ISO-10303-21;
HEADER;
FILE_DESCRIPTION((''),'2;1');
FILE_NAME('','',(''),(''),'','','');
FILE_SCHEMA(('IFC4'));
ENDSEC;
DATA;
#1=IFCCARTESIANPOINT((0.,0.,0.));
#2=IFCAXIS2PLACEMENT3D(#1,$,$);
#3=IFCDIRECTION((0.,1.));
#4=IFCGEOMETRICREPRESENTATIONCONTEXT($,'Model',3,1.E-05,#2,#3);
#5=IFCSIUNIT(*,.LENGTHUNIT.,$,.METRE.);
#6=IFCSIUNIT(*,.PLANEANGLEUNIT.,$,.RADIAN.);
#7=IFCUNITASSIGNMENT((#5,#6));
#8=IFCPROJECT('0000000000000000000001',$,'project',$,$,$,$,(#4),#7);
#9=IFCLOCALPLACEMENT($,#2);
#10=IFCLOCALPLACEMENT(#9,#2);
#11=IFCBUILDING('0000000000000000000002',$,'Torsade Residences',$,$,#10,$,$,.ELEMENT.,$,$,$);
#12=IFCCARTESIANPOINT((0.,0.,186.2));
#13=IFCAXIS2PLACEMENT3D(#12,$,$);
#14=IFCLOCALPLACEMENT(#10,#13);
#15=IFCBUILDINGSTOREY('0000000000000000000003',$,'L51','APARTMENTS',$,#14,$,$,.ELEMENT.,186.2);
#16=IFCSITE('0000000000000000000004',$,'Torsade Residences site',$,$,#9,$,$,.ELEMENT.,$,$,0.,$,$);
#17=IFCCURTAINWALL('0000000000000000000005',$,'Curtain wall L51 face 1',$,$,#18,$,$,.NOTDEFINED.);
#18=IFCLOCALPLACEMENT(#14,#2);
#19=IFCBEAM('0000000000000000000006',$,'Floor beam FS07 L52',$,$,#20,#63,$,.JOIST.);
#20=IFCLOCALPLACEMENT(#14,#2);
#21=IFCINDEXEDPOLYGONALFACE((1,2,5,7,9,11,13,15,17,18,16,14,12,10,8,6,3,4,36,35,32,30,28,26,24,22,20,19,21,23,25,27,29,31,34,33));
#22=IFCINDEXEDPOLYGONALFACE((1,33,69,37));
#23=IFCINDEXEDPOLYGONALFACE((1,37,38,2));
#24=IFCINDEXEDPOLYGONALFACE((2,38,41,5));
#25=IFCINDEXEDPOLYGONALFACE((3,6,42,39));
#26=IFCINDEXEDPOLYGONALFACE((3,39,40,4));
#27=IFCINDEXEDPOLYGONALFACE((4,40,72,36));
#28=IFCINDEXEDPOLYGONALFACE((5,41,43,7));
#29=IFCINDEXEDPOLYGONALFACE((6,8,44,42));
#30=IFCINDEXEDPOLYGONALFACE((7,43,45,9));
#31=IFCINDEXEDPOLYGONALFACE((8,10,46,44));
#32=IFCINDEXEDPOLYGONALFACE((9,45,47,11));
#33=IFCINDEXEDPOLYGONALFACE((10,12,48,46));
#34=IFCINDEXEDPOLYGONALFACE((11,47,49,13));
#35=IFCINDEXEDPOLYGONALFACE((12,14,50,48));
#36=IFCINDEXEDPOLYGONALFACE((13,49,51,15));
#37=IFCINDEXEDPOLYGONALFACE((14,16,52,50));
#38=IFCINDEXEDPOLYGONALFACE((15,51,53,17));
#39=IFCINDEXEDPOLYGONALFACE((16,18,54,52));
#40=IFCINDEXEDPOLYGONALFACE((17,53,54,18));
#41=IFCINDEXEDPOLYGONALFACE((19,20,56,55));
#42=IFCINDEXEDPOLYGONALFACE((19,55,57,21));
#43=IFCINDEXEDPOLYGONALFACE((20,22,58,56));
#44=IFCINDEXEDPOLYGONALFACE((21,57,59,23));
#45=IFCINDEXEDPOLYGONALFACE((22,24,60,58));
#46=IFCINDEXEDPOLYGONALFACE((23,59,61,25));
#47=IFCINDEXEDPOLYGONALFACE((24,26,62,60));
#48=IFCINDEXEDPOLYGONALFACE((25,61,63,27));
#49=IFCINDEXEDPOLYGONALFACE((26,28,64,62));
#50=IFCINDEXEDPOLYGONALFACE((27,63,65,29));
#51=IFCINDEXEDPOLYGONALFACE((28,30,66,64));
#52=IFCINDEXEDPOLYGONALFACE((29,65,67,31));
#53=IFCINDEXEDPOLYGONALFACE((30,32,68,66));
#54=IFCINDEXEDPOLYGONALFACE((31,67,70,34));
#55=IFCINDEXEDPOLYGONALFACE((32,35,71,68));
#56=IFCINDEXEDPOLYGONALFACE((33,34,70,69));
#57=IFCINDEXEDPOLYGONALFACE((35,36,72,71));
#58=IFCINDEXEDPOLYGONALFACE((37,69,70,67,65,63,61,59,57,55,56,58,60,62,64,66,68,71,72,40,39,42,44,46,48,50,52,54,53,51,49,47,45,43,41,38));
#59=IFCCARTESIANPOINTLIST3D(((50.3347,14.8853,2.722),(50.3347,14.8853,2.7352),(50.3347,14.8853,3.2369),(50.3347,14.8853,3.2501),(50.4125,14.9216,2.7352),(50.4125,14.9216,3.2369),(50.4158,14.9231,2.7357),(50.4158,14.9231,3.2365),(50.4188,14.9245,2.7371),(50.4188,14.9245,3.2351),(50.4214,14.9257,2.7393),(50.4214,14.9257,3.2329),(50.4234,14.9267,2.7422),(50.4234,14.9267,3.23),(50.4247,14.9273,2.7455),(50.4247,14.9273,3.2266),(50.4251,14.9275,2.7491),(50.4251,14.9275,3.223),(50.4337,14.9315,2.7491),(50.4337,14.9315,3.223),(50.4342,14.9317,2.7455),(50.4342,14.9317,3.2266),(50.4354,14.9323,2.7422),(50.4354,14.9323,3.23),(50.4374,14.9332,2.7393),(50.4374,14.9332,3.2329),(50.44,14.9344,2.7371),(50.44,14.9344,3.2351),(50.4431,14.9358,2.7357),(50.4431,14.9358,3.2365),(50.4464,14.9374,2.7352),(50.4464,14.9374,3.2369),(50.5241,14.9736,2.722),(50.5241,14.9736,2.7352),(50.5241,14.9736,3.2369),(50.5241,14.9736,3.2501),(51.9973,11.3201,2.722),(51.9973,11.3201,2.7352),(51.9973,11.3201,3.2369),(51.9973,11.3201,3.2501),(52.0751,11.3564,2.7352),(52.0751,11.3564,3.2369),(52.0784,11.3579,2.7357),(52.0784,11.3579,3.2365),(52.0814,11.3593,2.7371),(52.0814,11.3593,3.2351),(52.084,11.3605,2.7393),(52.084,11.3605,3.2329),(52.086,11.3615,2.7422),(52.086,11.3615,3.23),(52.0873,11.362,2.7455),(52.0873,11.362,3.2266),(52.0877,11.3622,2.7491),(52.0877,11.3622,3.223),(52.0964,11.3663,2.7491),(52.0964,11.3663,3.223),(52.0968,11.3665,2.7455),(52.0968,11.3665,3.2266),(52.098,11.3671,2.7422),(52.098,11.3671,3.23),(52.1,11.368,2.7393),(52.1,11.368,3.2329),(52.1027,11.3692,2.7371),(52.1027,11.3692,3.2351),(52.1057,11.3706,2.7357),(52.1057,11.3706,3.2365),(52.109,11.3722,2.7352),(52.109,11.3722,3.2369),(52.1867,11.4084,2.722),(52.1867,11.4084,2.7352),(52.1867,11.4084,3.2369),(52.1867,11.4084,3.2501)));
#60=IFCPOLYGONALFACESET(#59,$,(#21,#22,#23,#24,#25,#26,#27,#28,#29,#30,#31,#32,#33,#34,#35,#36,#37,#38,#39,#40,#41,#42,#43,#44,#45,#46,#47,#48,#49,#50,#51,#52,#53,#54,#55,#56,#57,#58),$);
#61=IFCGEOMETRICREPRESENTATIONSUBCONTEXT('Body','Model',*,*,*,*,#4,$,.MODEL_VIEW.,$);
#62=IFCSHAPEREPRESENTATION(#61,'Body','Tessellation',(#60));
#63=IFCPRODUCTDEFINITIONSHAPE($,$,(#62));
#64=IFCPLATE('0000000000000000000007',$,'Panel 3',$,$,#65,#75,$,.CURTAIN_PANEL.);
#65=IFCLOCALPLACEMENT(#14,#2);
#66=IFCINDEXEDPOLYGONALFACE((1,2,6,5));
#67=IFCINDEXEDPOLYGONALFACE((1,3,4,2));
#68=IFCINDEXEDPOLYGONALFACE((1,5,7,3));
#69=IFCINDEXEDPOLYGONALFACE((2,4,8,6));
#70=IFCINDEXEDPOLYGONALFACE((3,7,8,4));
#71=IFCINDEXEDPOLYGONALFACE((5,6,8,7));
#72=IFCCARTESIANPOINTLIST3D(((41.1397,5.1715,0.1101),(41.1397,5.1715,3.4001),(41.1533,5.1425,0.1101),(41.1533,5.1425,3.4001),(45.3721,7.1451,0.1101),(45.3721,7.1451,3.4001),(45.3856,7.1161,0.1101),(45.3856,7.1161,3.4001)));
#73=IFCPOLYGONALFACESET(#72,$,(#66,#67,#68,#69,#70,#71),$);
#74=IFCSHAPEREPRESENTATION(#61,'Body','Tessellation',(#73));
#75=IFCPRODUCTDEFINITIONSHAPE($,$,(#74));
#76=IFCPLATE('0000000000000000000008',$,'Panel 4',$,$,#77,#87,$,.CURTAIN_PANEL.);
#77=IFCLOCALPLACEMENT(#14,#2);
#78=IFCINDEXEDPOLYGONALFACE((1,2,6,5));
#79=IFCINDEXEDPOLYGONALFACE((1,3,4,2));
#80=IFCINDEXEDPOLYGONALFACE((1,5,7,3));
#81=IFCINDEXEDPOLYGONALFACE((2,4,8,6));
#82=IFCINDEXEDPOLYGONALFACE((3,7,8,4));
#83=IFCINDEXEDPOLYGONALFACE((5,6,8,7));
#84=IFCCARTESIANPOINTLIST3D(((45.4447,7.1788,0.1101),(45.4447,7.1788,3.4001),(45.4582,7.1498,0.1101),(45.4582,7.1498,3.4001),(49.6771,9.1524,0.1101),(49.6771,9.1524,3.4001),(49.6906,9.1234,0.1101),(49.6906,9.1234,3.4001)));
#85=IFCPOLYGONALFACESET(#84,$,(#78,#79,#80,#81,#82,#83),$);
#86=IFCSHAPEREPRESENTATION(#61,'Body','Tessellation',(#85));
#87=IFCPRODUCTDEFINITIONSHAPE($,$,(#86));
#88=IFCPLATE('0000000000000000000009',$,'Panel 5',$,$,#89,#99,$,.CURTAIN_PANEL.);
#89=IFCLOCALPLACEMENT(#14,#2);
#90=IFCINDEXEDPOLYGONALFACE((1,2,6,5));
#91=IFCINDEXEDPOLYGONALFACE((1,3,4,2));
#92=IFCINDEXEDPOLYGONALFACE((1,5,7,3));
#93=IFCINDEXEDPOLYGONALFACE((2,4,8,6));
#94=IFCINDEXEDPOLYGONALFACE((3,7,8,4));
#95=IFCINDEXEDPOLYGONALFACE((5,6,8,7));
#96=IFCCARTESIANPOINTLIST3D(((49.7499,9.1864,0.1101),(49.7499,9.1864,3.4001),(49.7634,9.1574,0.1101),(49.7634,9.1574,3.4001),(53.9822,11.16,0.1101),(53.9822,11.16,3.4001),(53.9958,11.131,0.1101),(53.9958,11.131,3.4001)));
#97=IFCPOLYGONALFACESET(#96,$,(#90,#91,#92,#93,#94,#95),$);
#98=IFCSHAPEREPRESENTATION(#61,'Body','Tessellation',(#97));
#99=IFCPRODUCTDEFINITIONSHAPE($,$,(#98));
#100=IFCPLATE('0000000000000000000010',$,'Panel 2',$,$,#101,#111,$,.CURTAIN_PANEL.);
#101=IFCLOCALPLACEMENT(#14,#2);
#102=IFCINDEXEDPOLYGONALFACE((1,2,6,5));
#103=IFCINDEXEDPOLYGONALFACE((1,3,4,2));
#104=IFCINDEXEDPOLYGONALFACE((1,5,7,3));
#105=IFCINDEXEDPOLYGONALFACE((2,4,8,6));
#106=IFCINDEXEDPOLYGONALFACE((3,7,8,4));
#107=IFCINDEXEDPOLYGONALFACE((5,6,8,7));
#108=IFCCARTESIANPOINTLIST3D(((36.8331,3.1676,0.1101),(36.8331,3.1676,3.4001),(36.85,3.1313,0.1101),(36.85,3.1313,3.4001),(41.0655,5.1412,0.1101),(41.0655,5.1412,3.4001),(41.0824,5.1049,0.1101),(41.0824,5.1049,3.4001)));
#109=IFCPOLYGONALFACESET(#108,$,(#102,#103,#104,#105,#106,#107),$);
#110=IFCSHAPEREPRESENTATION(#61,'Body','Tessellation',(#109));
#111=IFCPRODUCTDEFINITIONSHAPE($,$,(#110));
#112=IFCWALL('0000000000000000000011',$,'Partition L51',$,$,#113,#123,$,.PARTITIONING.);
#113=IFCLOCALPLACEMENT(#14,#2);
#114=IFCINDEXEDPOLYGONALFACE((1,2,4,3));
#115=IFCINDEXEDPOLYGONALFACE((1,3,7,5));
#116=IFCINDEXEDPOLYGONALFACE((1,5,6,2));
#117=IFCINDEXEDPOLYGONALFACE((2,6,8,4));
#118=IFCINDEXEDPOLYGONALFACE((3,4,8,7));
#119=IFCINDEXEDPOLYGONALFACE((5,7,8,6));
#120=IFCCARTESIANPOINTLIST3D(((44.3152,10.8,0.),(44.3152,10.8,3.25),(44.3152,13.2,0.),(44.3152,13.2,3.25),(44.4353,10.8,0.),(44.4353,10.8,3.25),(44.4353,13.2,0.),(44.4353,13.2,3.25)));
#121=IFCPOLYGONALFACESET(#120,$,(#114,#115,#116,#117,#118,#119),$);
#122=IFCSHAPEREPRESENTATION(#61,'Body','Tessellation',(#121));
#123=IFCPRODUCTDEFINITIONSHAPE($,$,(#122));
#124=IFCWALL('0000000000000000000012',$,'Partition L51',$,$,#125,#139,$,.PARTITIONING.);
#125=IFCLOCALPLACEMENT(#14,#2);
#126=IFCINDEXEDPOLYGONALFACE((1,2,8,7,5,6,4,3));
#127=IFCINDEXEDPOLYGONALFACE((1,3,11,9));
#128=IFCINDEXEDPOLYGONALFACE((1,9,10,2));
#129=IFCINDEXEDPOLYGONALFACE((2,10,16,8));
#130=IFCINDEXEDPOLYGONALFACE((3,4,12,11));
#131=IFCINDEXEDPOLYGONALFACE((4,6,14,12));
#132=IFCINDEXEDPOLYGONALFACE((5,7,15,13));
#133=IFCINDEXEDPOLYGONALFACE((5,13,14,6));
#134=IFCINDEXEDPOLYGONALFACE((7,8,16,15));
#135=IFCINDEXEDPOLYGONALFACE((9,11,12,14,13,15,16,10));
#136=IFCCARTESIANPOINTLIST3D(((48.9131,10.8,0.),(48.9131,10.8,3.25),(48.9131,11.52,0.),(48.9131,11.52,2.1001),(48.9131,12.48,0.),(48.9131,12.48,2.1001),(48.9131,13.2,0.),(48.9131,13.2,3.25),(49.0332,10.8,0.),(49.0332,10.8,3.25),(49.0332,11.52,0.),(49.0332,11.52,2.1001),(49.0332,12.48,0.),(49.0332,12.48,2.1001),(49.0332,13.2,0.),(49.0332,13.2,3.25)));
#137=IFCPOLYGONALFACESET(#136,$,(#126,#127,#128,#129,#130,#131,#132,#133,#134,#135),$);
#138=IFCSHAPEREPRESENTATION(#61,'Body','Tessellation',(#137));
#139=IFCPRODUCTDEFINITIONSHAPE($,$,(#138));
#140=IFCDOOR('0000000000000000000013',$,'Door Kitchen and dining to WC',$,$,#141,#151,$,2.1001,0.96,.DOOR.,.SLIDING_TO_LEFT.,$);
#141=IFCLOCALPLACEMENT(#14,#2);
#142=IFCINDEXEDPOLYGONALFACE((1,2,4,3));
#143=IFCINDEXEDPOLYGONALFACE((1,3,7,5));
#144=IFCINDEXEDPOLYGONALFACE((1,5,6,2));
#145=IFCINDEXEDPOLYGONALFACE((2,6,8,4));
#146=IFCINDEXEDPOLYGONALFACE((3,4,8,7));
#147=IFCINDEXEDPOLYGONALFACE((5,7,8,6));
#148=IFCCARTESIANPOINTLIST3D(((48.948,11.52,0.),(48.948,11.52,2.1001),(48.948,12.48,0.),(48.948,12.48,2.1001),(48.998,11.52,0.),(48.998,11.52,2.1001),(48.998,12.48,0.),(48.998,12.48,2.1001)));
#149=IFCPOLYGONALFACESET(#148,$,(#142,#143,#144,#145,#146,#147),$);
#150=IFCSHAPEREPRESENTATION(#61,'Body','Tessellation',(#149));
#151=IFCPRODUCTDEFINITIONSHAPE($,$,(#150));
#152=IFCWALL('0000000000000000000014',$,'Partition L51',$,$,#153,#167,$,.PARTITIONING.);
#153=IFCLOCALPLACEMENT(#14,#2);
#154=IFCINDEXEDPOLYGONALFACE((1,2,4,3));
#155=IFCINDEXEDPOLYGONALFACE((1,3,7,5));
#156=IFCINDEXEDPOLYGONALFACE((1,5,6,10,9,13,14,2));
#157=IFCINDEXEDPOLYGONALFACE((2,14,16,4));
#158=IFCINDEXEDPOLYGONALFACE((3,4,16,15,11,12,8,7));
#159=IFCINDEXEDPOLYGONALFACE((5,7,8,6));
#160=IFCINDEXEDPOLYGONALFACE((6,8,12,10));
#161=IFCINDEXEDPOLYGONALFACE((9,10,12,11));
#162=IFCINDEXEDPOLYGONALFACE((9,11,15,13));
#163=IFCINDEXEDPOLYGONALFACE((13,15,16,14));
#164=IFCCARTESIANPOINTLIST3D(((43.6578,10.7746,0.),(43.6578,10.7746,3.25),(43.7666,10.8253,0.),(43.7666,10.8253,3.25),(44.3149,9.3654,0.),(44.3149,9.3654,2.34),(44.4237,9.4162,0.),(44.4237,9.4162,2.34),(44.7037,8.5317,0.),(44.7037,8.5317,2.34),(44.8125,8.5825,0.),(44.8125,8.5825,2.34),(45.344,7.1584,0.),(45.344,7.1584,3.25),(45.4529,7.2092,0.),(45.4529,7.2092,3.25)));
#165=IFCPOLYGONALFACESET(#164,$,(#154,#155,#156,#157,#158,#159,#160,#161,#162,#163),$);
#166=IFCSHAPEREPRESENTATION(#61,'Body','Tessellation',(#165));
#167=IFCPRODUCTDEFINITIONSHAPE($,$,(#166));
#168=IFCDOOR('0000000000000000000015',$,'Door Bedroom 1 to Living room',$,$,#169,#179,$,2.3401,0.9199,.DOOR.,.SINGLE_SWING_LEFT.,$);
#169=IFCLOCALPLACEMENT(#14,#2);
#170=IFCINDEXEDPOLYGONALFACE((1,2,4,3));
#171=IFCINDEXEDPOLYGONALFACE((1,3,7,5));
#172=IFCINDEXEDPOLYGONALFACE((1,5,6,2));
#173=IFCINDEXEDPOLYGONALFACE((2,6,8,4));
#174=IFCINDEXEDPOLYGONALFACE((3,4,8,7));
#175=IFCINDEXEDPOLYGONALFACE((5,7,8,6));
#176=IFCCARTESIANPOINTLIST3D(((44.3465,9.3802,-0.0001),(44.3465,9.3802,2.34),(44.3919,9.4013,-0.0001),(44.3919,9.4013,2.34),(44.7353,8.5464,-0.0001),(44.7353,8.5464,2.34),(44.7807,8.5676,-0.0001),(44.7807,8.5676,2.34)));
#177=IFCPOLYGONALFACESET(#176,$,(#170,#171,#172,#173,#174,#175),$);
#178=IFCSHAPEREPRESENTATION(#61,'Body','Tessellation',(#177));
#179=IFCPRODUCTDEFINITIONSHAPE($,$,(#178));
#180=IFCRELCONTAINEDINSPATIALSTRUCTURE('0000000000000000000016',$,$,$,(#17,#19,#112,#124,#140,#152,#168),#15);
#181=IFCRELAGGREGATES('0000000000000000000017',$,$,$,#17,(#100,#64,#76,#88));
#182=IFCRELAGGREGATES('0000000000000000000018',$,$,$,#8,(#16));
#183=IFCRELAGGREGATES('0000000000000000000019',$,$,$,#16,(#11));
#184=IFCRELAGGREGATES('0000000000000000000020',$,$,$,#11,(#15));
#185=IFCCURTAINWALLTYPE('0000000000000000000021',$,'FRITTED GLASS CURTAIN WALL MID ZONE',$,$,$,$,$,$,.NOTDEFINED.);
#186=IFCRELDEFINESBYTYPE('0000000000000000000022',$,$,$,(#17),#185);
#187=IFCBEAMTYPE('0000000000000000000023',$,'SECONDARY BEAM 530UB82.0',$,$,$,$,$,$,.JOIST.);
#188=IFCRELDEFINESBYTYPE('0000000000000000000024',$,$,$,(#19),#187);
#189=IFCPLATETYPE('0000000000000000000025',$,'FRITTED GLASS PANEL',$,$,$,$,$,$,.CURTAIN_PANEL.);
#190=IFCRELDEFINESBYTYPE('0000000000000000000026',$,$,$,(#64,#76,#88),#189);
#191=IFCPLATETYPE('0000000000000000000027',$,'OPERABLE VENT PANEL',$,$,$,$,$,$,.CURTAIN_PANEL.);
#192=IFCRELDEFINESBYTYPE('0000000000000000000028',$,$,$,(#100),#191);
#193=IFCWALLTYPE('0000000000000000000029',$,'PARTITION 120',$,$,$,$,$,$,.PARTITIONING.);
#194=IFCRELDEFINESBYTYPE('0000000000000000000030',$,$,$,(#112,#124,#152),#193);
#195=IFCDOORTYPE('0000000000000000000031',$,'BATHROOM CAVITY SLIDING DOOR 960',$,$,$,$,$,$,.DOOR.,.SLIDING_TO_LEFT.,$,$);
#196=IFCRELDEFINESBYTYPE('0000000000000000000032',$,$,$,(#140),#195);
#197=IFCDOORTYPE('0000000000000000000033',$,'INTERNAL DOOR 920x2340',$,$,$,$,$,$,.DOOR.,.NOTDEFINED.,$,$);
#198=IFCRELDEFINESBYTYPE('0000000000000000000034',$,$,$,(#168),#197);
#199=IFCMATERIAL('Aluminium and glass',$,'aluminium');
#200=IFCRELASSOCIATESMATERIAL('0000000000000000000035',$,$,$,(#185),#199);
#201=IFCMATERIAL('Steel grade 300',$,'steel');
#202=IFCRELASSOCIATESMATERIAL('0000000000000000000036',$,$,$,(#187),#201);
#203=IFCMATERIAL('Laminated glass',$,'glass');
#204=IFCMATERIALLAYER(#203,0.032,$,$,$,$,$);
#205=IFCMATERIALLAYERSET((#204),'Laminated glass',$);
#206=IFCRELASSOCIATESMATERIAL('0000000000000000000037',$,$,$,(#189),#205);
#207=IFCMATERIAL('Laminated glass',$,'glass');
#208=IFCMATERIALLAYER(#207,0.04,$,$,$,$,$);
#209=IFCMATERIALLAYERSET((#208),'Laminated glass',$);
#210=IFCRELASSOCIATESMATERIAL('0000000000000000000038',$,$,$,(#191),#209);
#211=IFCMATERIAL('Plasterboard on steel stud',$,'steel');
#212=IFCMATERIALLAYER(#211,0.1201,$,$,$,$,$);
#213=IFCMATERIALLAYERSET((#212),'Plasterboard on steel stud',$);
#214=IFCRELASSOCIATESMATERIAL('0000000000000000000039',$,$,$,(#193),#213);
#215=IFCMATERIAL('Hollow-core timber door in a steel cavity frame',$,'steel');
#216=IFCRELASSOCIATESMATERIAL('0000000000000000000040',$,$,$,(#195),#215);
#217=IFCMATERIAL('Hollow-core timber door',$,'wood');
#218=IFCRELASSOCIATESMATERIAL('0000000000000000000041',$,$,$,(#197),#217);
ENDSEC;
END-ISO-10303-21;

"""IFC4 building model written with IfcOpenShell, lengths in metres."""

from ifc_helpers import new_model, si_unit, direction, frame, frame_2d, origin, origin_2d, place, context, subcontext, project, spatial, rectangle, i_section, extrude, material, layer, layer_set, material_profile, profile_set, type_object, element, fill, aggregate, save


model = new_model("IFC4")

# Units and contexts
model_context = context("Model", 3, precision=1e-05, world=origin(), true_north=direction((0.0, 1.0)))
body_context = subcontext(model_context, "Body", "Model", "MODEL_VIEW")
ifc_project = project(units=[si_unit("LENGTHUNIT", "METRE"), si_unit("PLANEANGLEUNIT", "RADIAN")], contexts=[model_context])

# Site, building, storey
site_placement = place(None, origin())
site = spatial("IfcSite", under=ifc_project, at=site_placement, Name="Torsade Residences site", CompositionType="ELEMENT", RefElevation=0.0)
building_placement = place(site_placement, origin())
building = spatial("IfcBuilding", under=site, at=building_placement, Name="Torsade Residences", CompositionType="ELEMENT")
storey_placement = place(building_placement, frame((0.0, 0.0, 186.2)))
storey = spatial("IfcBuildingStorey", under=building, at=storey_placement, Name="L51", Description="APARTMENTS", CompositionType="ELEMENT", Elevation=186.2)

# Curtain wall
ifc_material_1 = material(Name="Aluminium and glass", Category="aluminium")
curtain_wall_type = type_object("IfcCurtainWallType", Name="FRITTED GLASS CURTAIN WALL MID ZONE", PredefinedType="NOTDEFINED", material=ifc_material_1)
curtain_wall_placement = place(storey_placement, origin())
curtain_wall = element("IfcCurtainWall", 1, at=curtain_wall_placement, inside=storey, type_object=curtain_wall_type, Name="Curtain wall L51 face 1", PredefinedType="NOTDEFINED")

# Beam
ifc_material_2 = material(Name="Steel grade 300", Category="steel")
ifc_material_profile_1 = material_profile(ifc_material_2, i_section(OverallWidth=0.209, OverallDepth=0.5281, WebThickness=0.0095, FlangeThickness=0.0132, FilletRadius=0.0139, at=origin_2d()), Name="530UB82.0")
ifc_profile_set_1 = profile_set([ifc_material_profile_1], Name="Steel grade 300")
beam_type_1 = type_object("IfcBeamType", Name="SECONDARY BEAM 530UB82.0", PredefinedType="JOIST", material=ifc_profile_set_1)
beam_1_placement = place(storey_placement, frame((52.092, 11.3643, 2.9861), z_axis=(-0.422644, 0.906296, 0.0), x_axis=(-0.906296, -0.422644, 0.0)))
element("IfcBeam", 2, at=beam_1_placement, inside=storey, type_object=beam_type_1, Name="Floor beam FS07 L52", PredefinedType="JOIST", context=body_context, shape_type="SweptSolid", body=[
    extrude(i_section(OverallWidth=0.209, OverallDepth=0.5281, WebThickness=0.0095, FlangeThickness=0.0132, FilletRadius=0.0139, at=origin_2d()), origin(), (0.0, 0.0, 1.0), 3.9338),
])

# Plates
ifc_material_3 = material(Name="Laminated glass", Category="glass")
ifc_layer_1 = layer(ifc_material_3, 0.032)
ifc_layer_set_1 = layer_set([ifc_layer_1], Name="Laminated glass")
plate_type_1 = type_object("IfcPlateType", Name="FRITTED GLASS PANEL", PredefinedType="CURTAIN_PANEL", material=ifc_layer_set_1)
plate_1_placement = place(storey_placement, frame((43.2627, 6.1438, 0.1101), z_axis=(0.0, 0.0, 1.0), x_axis=(0.906308, 0.422618, 0.0)))
plate_1 = element("IfcPlate", 3, at=plate_1_placement, type_object=plate_type_1, Name="Panel 3", PredefinedType="CURTAIN_PANEL", context=body_context, shape_type="SweptSolid", body=[
    extrude(rectangle(XDim=4.6699, YDim=0.032, at=origin_2d()), origin(), (0.0, 0.0, 1.0), 3.29),
])
plate_2_placement = place(storey_placement, frame((47.5676, 8.1511, 0.1101), z_axis=(0.0, 0.0, 1.0), x_axis=(0.906308, 0.422618, 0.0)))
plate_2 = element("IfcPlate", 4, at=plate_2_placement, type_object=plate_type_1, Name="Panel 4", PredefinedType="CURTAIN_PANEL", context=body_context, shape_type="SweptSolid", body=[
    extrude(rectangle(XDim=4.6699, YDim=0.032, at=origin_2d()), origin(), (0.0, 0.0, 1.0), 3.29),
])
plate_3_placement = place(storey_placement, frame((51.8728, 10.1587, 0.1101), z_axis=(0.0, 0.0, 1.0), x_axis=(0.906308, 0.422618, 0.0)))
plate_3 = element("IfcPlate", 5, at=plate_3_placement, type_object=plate_type_1, Name="Panel 5", PredefinedType="CURTAIN_PANEL", context=body_context, shape_type="SweptSolid", body=[
    extrude(rectangle(XDim=4.6699, YDim=0.032, at=origin_2d()), origin(), (0.0, 0.0, 1.0), 3.29),
])
ifc_material_4 = material(Name="Laminated glass", Category="glass")
ifc_layer_2 = layer(ifc_material_4, 0.04)
ifc_layer_set_2 = layer_set([ifc_layer_2], Name="Laminated glass")
plate_type_2 = type_object("IfcPlateType", Name="OPERABLE VENT PANEL", PredefinedType="CURTAIN_PANEL", material=ifc_layer_set_2)
plate_4_placement = place(storey_placement, frame((38.9578, 4.1362, 0.1101), z_axis=(0.0, 0.0, 1.0), x_axis=(0.906308, 0.422618, 0.0)))
plate_4 = element("IfcPlate", 6, at=plate_4_placement, type_object=plate_type_2, Name="Panel 2", PredefinedType="CURTAIN_PANEL", context=body_context, shape_type="SweptSolid", body=[
    extrude(rectangle(XDim=4.6699, YDim=0.04, at=origin_2d()), origin(), (0.0, 0.0, 1.0), 3.29),
])
aggregate(curtain_wall, [plate_4, plate_1, plate_2, plate_3])

# Wall
ifc_material_5 = material(Name="Plasterboard on steel stud", Category="steel")
ifc_layer_3 = layer(ifc_material_5, 0.1201)
ifc_layer_set_3 = layer_set([ifc_layer_3], Name="Plasterboard on steel stud")
wall_type_1 = type_object("IfcWallType", Name="PARTITION 120", PredefinedType="PARTITIONING", material=ifc_layer_set_3)
wall_1_placement = place(storey_placement, frame((44.3752, 10.8, 0.0), z_axis=(0.0, 0.0, 1.0), x_axis=(0.0, 1.0, 0.0)))
element("IfcWall", 7, at=wall_1_placement, inside=storey, type_object=wall_type_1, Name="Partition L51", PredefinedType="PARTITIONING", context=body_context, shape_type="SweptSolid", body=[
    extrude(rectangle(XDim=2.3999, YDim=0.1201, at=frame_2d((1.2, 0.0))), origin(), (0.0, 0.0, 1.0), 3.25),
])

# Walls, openings, doors
wall_2_placement = place(storey_placement, frame((48.9731, 13.2, 0.0), z_axis=(0.0, 0.0, 1.0), x_axis=(0.0, -1.0, 0.0)))
wall_2 = element("IfcWall", 8, at=wall_2_placement, inside=storey, type_object=wall_type_1, Name="Partition L51", PredefinedType="PARTITIONING", context=body_context, shape_type="SweptSolid", body=[
    extrude(rectangle(XDim=2.3999, YDim=0.1201, at=frame_2d((1.2, 0.0))), origin(), (0.0, 0.0, 1.0), 3.25),
])
opening_1_placement = place(wall_2_placement, frame((0.72, 0.0, 0.0)))
opening_1 = element("IfcOpeningElement", 9, at=opening_1_placement, cuts=wall_2, PredefinedType="OPENING", context=body_context, shape_type="SweptSolid", body=[
    extrude(rectangle(XDim=0.96, YDim=2.1001, at=frame_2d((0.48, 1.05))), frame((0.0, 0.0701, 0.0), z_axis=(0.0, -1.0, 0.0), x_axis=(1.0, 0.0, 0.0)), (0.0, 0.0, 1.0), 0.1401),
])
ifc_material_6 = material(Name="Hollow-core timber door in a steel cavity frame", Category="steel")
door_type_1 = type_object("IfcDoorType", Name="BATHROOM CAVITY SLIDING DOOR 960", OperationType="SLIDING_TO_LEFT", PredefinedType="DOOR", material=ifc_material_6)
door_1_placement = place(opening_1_placement, origin())
door_1 = element("IfcDoor", 10, at=door_1_placement, inside=storey, type_object=door_type_1, Name="Door Kitchen and dining to WC", OperationType="SLIDING_TO_LEFT", OverallHeight=2.1001, OverallWidth=0.96, PredefinedType="DOOR", context=body_context, shape_type="SweptSolid", body=[
    extrude(rectangle(XDim=0.96, YDim=2.1001, at=frame_2d((0.48, 1.05))), frame((0.0, 0.0249, 0.0), z_axis=(0.0, -1.0, 0.0), x_axis=(1.0, 0.0, 0.0)), (0.0, 0.0, 1.0), 0.05),
])
fill(opening_1, door_1)
wall_3_placement = place(storey_placement, frame((43.7122, 10.8, 0.0), z_axis=(0.0, 0.0, 1.0), x_axis=(0.422621, -0.906307, 0.0)))
wall_3 = element("IfcWall", 11, at=wall_3_placement, inside=storey, type_object=wall_type_1, Name="Partition L51", PredefinedType="PARTITIONING", context=body_context, shape_type="SweptSolid", body=[
    extrude(rectangle(XDim=3.99, YDim=0.1201, at=frame_2d((1.9951, 0.0))), origin(), (0.0, 0.0, 1.0), 3.25),
])
opening_2_placement = place(wall_3_placement, frame((1.5549, 0.0, 0.0)))
opening_2 = element("IfcOpeningElement", 12, at=opening_2_placement, cuts=wall_3, PredefinedType="OPENING", context=body_context, shape_type="SweptSolid", body=[
    extrude(rectangle(XDim=0.9199, YDim=2.3401, at=frame_2d((0.46, 1.1699))), frame((0.0, 0.0701, 0.0), z_axis=(0.0, -1.0, 0.0), x_axis=(1.0, 0.0, 0.0)), (0.0, 0.0, 1.0), 0.1401),
])
ifc_material_7 = material(Name="Hollow-core timber door", Category="wood")
door_type_2 = type_object("IfcDoorType", Name="INTERNAL DOOR 920x2340", OperationType="NOTDEFINED", PredefinedType="DOOR", material=ifc_material_7)
door_2_placement = place(opening_2_placement, origin())
door_2 = element("IfcDoor", 13, at=door_2_placement, inside=storey, type_object=door_type_2, Name="Door Bedroom 1 to Living room", OperationType="SINGLE_SWING_LEFT", OverallHeight=2.3401, OverallWidth=0.9199, PredefinedType="DOOR", context=body_context, shape_type="SweptSolid", body=[
    extrude(rectangle(XDim=0.9199, YDim=2.3401, at=frame_2d((0.46, 1.1699))), frame((0.0, 0.0249, 0.0), z_axis=(0.0, -1.0, 0.0), x_axis=(1.0, 0.0, 0.0)), (0.0, 0.0, 1.0), 0.05),
])
fill(opening_2, door_2)

save(model, "model.ifc")
